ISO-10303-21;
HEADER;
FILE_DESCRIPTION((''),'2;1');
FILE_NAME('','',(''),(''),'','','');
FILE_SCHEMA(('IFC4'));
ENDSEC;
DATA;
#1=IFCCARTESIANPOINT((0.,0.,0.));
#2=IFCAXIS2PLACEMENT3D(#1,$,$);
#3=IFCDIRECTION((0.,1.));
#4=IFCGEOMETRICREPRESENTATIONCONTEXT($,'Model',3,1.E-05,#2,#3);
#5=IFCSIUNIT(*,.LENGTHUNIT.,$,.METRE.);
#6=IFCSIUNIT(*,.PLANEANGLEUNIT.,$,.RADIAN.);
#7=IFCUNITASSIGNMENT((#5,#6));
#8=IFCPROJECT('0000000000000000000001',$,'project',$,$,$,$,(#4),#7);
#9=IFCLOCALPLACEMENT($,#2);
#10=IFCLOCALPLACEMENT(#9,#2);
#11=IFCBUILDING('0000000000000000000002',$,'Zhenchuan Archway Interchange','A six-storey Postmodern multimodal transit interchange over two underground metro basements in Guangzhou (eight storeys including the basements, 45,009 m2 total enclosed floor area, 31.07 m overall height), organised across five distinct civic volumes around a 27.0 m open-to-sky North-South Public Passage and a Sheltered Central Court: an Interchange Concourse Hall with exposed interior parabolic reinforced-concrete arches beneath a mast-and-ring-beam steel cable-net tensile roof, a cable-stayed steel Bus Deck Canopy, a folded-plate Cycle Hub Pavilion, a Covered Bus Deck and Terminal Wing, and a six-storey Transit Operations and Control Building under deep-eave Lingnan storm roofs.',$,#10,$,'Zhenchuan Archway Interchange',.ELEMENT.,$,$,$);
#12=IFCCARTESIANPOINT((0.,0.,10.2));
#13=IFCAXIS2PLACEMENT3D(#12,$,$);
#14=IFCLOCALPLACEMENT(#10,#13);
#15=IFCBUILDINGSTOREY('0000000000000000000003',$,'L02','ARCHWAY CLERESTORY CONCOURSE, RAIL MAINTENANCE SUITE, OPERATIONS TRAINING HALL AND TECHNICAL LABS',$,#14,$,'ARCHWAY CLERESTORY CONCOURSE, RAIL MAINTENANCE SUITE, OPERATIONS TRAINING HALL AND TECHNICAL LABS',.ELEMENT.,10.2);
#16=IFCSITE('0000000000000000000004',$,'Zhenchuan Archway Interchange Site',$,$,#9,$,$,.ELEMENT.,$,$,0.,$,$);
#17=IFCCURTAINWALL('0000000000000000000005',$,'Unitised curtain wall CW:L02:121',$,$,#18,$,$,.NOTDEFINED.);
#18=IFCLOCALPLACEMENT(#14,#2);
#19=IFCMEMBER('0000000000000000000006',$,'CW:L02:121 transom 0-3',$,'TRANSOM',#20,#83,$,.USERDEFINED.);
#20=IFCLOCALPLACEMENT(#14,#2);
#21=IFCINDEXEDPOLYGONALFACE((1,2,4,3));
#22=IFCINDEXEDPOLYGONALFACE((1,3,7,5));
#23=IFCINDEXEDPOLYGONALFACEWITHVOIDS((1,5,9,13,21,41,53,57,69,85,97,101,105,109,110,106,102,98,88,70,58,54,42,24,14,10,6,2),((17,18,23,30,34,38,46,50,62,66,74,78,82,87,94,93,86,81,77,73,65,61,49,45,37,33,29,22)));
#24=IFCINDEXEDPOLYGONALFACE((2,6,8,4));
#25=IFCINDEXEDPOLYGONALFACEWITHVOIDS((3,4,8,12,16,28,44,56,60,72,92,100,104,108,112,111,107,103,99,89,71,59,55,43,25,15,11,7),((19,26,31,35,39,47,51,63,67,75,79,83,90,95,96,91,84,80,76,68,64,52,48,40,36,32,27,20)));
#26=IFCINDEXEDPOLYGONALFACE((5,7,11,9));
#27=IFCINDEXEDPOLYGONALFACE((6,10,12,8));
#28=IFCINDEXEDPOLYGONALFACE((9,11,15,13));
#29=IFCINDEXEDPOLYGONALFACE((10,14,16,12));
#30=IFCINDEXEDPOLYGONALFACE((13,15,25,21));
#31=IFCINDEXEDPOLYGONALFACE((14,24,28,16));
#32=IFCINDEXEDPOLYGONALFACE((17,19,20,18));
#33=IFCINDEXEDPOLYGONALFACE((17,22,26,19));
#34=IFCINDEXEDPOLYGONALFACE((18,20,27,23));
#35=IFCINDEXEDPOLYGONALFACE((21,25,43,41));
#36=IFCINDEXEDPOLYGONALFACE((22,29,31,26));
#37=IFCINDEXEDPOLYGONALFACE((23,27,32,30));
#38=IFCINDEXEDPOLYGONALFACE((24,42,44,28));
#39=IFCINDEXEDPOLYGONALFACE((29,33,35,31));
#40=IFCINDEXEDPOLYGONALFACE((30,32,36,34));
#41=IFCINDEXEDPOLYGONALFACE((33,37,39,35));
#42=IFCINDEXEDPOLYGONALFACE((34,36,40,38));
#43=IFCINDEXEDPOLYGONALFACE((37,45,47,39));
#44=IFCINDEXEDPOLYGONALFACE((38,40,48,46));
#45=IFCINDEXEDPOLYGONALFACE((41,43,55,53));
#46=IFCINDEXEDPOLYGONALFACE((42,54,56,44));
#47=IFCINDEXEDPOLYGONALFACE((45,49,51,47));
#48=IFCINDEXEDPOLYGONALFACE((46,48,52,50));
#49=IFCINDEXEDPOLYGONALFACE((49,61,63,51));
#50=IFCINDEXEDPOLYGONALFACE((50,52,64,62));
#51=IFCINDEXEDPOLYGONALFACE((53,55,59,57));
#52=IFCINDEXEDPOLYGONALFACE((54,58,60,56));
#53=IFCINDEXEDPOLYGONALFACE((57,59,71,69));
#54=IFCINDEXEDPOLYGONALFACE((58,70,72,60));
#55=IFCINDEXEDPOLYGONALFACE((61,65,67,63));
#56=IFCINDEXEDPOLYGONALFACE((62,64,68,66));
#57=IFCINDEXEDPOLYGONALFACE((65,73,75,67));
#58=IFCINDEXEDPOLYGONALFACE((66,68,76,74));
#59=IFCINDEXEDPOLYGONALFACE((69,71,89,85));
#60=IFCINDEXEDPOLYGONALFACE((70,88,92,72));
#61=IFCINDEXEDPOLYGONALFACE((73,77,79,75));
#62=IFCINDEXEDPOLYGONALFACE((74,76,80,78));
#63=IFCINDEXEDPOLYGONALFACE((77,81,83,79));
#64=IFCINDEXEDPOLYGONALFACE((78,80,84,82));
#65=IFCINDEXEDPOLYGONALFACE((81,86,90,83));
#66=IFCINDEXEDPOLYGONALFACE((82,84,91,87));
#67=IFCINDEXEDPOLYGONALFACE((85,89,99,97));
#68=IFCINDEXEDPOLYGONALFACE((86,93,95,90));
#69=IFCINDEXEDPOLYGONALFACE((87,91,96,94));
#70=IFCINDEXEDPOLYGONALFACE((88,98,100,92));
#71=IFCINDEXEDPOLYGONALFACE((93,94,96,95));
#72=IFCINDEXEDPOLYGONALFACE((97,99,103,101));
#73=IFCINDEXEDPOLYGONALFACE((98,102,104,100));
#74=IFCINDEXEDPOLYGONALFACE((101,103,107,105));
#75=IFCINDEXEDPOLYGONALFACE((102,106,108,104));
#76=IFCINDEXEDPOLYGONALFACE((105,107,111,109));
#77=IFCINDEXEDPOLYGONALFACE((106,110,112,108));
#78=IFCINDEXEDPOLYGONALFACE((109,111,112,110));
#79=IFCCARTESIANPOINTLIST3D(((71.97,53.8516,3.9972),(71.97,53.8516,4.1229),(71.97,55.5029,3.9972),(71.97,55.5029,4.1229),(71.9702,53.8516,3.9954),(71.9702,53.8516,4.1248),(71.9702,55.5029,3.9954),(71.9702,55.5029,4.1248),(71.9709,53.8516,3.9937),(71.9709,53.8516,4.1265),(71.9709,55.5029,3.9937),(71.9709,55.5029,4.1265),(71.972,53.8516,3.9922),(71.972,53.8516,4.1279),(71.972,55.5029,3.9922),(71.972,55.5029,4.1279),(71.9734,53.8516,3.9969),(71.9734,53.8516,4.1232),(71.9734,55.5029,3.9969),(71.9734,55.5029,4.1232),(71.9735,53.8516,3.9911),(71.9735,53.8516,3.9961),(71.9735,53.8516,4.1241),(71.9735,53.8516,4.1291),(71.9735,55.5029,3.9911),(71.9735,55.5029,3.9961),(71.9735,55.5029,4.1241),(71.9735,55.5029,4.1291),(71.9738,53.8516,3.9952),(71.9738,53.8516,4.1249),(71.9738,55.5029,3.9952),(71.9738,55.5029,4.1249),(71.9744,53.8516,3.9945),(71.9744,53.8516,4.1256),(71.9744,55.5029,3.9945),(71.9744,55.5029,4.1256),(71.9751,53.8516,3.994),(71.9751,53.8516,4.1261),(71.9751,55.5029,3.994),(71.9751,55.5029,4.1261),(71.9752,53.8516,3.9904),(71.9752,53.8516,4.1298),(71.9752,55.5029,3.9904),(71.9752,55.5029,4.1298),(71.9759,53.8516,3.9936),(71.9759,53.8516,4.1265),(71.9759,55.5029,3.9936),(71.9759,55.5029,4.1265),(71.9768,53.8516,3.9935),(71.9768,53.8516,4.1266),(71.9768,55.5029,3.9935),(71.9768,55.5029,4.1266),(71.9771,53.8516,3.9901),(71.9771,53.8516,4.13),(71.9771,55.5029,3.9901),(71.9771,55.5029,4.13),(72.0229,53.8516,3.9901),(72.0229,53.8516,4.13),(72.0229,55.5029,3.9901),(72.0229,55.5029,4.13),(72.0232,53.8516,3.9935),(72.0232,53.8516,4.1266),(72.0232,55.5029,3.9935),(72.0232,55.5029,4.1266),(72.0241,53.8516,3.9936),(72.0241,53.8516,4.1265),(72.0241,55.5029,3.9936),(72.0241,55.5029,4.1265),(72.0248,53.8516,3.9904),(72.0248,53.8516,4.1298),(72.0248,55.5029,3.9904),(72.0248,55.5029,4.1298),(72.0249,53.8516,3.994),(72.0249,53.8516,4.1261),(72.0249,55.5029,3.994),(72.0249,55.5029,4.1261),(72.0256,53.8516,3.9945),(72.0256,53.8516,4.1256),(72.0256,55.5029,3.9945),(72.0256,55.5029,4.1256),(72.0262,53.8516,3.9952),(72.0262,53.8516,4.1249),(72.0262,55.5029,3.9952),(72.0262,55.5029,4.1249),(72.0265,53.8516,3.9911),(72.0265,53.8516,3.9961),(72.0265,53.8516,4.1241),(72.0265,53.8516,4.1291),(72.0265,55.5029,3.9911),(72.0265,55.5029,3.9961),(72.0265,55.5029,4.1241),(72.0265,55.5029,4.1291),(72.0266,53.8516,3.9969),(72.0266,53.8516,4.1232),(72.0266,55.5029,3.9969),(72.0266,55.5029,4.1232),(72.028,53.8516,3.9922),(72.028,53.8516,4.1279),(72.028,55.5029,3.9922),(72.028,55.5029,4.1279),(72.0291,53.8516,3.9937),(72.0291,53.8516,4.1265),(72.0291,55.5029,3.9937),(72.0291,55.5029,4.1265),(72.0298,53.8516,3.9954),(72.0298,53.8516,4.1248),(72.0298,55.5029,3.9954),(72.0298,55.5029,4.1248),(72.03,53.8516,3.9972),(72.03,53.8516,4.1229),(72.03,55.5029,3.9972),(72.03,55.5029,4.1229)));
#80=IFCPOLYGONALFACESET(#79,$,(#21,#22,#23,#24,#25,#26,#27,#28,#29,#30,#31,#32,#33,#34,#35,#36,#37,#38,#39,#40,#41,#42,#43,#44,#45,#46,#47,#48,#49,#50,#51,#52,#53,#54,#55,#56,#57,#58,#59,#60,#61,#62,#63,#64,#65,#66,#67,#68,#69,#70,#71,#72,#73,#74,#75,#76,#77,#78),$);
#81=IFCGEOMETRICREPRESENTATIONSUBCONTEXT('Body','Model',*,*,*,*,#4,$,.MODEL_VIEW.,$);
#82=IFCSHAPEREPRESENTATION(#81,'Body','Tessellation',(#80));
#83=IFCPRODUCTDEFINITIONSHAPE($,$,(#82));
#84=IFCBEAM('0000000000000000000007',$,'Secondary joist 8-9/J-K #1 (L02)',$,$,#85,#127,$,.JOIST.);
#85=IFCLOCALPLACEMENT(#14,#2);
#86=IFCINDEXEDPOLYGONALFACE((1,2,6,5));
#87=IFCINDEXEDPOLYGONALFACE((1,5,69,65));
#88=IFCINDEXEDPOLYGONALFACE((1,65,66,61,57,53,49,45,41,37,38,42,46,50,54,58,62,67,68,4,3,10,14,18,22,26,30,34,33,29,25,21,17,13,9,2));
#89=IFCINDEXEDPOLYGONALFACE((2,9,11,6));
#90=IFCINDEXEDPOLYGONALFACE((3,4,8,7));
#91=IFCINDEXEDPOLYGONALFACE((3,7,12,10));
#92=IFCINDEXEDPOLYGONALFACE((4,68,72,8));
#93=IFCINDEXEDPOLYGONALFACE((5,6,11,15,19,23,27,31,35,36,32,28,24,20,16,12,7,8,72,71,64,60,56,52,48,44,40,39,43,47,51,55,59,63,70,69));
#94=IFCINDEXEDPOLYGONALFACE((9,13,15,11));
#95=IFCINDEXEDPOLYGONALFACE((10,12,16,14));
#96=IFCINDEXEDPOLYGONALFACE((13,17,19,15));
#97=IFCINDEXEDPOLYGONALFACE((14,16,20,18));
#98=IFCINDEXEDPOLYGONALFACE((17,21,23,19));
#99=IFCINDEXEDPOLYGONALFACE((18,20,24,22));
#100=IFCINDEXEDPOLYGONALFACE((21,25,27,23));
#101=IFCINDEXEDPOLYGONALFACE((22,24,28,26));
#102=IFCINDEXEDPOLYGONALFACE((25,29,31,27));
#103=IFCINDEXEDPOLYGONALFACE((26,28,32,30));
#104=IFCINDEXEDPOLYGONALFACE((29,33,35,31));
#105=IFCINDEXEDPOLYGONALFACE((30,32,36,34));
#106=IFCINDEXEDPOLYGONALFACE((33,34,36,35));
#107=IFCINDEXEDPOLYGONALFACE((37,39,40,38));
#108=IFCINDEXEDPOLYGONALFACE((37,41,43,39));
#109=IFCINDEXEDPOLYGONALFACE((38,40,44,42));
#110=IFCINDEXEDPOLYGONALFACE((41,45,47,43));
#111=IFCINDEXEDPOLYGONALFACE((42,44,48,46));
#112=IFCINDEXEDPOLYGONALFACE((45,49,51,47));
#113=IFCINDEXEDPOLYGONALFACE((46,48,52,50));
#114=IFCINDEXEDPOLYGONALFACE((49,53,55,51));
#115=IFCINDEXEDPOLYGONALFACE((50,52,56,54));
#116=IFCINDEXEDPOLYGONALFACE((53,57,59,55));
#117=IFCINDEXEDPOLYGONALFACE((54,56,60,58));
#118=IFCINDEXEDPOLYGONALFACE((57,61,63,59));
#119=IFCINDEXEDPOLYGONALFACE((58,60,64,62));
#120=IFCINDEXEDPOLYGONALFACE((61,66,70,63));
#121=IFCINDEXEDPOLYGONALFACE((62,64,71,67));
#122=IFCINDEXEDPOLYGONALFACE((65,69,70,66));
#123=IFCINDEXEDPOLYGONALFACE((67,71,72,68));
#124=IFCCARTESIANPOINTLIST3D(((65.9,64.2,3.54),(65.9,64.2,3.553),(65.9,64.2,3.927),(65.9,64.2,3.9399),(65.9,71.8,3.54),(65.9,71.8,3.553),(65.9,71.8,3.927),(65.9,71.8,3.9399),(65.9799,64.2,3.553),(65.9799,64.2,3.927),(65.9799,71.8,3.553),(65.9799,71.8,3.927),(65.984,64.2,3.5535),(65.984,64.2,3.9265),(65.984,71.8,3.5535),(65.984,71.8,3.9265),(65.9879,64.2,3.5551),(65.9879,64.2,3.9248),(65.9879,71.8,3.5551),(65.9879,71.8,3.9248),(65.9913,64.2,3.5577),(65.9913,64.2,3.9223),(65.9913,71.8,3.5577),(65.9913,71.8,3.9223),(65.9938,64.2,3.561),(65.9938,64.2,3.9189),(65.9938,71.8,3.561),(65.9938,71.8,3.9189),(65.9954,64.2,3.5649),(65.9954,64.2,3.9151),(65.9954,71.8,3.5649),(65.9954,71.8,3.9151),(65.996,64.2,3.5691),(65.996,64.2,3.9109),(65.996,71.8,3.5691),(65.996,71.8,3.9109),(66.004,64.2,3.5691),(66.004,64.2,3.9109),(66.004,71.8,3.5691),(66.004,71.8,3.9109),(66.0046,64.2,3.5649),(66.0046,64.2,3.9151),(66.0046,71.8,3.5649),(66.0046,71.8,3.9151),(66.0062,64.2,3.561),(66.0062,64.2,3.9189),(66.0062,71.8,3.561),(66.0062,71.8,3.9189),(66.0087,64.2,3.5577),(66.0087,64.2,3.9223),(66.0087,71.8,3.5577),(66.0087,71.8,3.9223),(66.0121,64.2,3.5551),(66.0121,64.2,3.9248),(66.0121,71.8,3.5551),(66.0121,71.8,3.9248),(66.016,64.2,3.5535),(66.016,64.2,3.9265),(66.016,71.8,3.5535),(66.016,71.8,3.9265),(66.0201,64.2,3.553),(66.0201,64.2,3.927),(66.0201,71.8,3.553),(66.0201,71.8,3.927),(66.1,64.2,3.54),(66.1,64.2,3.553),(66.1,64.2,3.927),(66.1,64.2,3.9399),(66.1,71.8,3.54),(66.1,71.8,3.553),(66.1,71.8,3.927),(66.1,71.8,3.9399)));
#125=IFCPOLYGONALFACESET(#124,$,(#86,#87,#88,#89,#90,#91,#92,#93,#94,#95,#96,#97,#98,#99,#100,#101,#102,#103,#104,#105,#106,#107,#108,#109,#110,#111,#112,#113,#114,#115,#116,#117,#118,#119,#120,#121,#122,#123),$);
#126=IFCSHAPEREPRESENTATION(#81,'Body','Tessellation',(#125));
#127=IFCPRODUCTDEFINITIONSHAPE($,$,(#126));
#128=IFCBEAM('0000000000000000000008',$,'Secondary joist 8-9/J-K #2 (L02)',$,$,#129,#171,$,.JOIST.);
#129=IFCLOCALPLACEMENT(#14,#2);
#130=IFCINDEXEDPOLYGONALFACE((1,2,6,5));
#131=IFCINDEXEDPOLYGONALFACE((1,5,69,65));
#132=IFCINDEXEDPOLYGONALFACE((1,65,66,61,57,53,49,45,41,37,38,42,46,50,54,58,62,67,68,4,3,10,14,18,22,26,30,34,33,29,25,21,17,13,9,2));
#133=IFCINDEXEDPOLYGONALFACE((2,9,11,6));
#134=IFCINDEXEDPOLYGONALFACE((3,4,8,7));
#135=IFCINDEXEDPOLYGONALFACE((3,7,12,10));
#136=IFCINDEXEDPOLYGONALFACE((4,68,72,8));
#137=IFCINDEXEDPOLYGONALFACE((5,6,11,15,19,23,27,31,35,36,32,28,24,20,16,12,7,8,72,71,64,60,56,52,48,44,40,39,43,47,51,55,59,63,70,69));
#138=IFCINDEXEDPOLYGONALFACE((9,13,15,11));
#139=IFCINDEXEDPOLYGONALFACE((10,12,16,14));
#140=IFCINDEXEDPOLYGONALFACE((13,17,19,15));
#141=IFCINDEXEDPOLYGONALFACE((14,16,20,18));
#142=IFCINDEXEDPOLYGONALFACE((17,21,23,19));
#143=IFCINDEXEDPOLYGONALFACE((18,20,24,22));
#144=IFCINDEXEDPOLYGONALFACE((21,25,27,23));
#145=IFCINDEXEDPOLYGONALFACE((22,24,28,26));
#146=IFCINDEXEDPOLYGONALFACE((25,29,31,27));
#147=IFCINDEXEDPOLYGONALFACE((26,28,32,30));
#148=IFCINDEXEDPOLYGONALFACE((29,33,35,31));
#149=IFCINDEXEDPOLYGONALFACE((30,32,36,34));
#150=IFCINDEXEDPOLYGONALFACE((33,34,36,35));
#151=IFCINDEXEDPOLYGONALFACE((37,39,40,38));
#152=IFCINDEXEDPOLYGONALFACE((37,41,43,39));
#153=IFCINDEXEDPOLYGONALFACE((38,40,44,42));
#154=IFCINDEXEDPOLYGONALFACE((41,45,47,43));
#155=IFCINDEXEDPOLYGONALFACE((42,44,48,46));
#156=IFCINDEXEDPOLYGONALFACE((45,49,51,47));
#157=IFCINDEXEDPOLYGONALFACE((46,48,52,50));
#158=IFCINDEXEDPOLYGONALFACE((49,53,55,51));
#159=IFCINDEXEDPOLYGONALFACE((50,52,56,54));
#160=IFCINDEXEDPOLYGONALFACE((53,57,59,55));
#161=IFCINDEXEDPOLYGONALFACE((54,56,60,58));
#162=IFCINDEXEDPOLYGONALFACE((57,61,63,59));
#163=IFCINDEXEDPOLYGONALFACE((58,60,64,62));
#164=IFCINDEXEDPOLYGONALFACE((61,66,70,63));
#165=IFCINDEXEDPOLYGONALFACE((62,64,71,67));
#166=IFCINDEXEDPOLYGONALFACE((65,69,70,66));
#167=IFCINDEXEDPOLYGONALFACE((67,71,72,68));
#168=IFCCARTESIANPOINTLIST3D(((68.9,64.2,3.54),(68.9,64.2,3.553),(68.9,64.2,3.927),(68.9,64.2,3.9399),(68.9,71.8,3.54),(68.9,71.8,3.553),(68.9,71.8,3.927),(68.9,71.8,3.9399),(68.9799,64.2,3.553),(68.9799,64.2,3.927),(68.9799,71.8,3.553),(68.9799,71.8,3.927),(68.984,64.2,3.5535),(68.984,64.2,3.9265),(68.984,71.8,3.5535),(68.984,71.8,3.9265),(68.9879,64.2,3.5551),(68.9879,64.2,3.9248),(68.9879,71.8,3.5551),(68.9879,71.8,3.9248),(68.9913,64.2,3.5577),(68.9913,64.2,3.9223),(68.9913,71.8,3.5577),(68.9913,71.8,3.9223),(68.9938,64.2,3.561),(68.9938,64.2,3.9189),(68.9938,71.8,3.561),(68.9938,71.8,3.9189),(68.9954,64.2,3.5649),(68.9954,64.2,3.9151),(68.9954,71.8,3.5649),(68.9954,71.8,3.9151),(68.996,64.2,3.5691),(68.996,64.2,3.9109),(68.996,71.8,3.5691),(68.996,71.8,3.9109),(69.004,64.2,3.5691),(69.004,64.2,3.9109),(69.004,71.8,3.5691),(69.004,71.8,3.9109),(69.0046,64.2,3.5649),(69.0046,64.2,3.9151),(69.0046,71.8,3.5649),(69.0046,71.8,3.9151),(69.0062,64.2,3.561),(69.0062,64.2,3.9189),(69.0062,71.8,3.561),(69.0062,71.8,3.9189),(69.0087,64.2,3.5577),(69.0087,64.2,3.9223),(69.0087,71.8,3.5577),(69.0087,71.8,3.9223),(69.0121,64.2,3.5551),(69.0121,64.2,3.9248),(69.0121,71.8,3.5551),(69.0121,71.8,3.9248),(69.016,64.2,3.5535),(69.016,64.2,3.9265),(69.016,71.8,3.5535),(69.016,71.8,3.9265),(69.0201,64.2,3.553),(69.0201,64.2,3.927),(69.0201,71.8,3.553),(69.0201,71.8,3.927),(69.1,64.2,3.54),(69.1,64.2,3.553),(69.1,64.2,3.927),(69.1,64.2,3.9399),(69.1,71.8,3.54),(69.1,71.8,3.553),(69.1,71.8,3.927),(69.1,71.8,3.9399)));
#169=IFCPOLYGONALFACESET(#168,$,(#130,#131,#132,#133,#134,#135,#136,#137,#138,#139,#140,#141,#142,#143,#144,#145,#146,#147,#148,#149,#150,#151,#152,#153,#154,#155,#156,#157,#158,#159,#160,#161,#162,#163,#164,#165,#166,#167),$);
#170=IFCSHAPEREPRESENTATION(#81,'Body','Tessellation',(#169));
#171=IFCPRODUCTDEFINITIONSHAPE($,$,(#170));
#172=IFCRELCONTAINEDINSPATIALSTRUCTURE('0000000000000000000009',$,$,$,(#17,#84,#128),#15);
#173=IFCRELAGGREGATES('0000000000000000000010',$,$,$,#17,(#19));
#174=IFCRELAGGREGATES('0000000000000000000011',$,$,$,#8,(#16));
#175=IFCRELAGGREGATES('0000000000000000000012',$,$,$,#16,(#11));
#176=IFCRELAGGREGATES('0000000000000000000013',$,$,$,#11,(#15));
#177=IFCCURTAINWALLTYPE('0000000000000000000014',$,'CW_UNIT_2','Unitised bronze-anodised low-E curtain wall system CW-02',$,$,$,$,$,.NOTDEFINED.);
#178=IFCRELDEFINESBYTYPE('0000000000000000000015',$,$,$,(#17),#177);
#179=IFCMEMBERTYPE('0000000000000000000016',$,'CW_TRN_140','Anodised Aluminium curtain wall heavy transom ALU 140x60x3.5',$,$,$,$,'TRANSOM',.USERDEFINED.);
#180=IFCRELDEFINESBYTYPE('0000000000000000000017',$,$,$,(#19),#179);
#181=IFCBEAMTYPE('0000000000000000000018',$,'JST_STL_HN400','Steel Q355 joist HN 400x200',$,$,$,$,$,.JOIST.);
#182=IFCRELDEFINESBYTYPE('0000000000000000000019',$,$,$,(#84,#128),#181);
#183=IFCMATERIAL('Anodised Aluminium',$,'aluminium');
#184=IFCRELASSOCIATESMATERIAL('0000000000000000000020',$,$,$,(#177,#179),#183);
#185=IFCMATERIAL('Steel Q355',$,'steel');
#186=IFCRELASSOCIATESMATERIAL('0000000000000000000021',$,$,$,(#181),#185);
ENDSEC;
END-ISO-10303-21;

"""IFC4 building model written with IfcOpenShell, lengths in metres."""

from ifc_helpers import new_model, si_unit, direction, frame, origin, origin_2d, place, context, subcontext, project, spatial, hollow_rectangle, i_section, extrude, material, material_profile, profile_set, type_object, element, aggregate, save


model = new_model("IFC4")

# Units and contexts
model_context = context("Model", 3, precision=1e-05, world=origin(), true_north=direction((0.0, 1.0)))
body_context = subcontext(model_context, "Body", "Model", "MODEL_VIEW")
ifc_project = project(units=[si_unit("LENGTHUNIT", "METRE"), si_unit("PLANEANGLEUNIT", "RADIAN")], contexts=[model_context])

# Site, building, storey
site_placement = place(None, origin())
site = spatial("IfcSite", under=ifc_project, at=site_placement, Name="Zhenchuan Archway Interchange Site", CompositionType="ELEMENT", RefElevation=0.0)
building_placement = place(site_placement, origin())
building = spatial("IfcBuilding", under=site, at=building_placement, Name="Zhenchuan Archway Interchange", Description="A six-storey Postmodern multimodal transit interchange over two underground metro basements in Guangzhou (eight storeys including the basements, 45,009 m2 total enclosed floor area, 31.07 m overall height), organised across five distinct civic volumes around a 27.0 m open-to-sky North-South Public Passage and a Sheltered Central Court: an Interchange Concourse Hall with exposed interior parabolic reinforced-concrete arches beneath a mast-and-ring-beam steel cable-net tensile roof, a cable-stayed steel Bus Deck Canopy, a folded-plate Cycle Hub Pavilion, a Covered Bus Deck and Terminal Wing, and a six-storey Transit Operations and Control Building under deep-eave Lingnan storm roofs.", LongName="Zhenchuan Archway Interchange", CompositionType="ELEMENT")
storey_placement = place(building_placement, frame((0.0, 0.0, 10.2)))
storey = spatial("IfcBuildingStorey", under=building, at=storey_placement, Name="L02", Description="ARCHWAY CLERESTORY CONCOURSE, RAIL MAINTENANCE SUITE, OPERATIONS TRAINING HALL AND TECHNICAL LABS", LongName="ARCHWAY CLERESTORY CONCOURSE, RAIL MAINTENANCE SUITE, OPERATIONS TRAINING HALL AND TECHNICAL LABS", CompositionType="ELEMENT", Elevation=10.2)

# Shared definitions
ifc_material_1 = material(Name="Anodised Aluminium", Category="aluminium")

# Curtain wall, member
curtain_wall_type_1 = type_object("IfcCurtainWallType", Name="CW_UNIT_2", Description="Unitised bronze-anodised low-E curtain wall system CW-02", PredefinedType="NOTDEFINED", material=ifc_material_1)
curtain_wall_1_placement = place(storey_placement, origin())
curtain_wall_1 = element("IfcCurtainWall", 1, at=curtain_wall_1_placement, inside=storey, type_object=curtain_wall_type_1, Name="Unitised curtain wall CW:L02:121", PredefinedType="NOTDEFINED")
ifc_material_profile_1 = material_profile(ifc_material_1, hollow_rectangle(XDim=0.0601, YDim=0.1399, WallThickness=0.0034, InnerFilletRadius=0.0034, OuterFilletRadius=0.0071, at=origin_2d()), Name="ALU 140x60x3.5")
ifc_profile_set_1 = profile_set([ifc_material_profile_1], Name="Anodised Aluminium")
member_type_1 = type_object("IfcMemberType", Name="CW_TRN_140", Description="Anodised Aluminium curtain wall heavy transom ALU 140x60x3.5", ElementType="TRANSOM", PredefinedType="USERDEFINED", material=ifc_profile_set_1)
member_1_placement = place(storey_placement, frame((72.0, 55.5029, 4.0601), z_axis=(0.0, -1.0, 0.0), x_axis=(1.0, 0.0, 0.0)))
member_1 = element("IfcMember", 2, at=member_1_placement, type_object=member_type_1, Name="CW:L02:121 transom 0-3", ObjectType="TRANSOM", PredefinedType="USERDEFINED", context=body_context, shape_type="SweptSolid", body=[
    extrude(hollow_rectangle(XDim=0.0601, YDim=0.1399, WallThickness=0.0034, InnerFilletRadius=0.0034, OuterFilletRadius=0.0071, at=origin_2d()), origin(), (0.0, 0.0, 1.0), 1.6514),
])
aggregate(curtain_wall_1, [member_1])

# Beams
ifc_material_2 = material(Name="Steel Q355", Category="steel")
ifc_material_profile_2 = material_profile(ifc_material_2, i_section(OverallWidth=0.2, OverallDepth=0.3999, WebThickness=0.0081, FlangeThickness=0.0129, FilletRadius=0.0161, at=origin_2d()), Name="HN 400x200")
ifc_profile_set_2 = profile_set([ifc_material_profile_2], Name="Steel Q355")
beam_type_1 = type_object("IfcBeamType", Name="JST_STL_HN400", Description="Steel Q355 joist HN 400x200", PredefinedType="JOIST", material=ifc_profile_set_2)
for number, where, z_axis, x_axis, name in (
    (3, (66.0, 64.2, 3.74), (0.0, 1.0, 0.0), (-1.0, 0.0, 0.0), "Secondary joist 8-9/J-K #1 (L02)"),
    (4, (69.0, 64.2, 3.74), (0.0, 1.0, 0.0), (-1.0, 0.0, 0.0), "Secondary joist 8-9/J-K #2 (L02)"),
):
    element("IfcBeam", number, at=place(storey_placement, frame(where, z_axis=z_axis, x_axis=x_axis)), inside=storey, type_object=beam_type_1, Name=name, PredefinedType="JOIST", context=body_context, shape_type="SweptSolid", body=[
        extrude(i_section(OverallWidth=0.2, OverallDepth=0.3999, WebThickness=0.0081, FlangeThickness=0.0129, FilletRadius=0.0161, at=origin_2d()), origin(), (0.0, 0.0, 1.0), 7.6001),
    ])

save(model, "model.ifc")
